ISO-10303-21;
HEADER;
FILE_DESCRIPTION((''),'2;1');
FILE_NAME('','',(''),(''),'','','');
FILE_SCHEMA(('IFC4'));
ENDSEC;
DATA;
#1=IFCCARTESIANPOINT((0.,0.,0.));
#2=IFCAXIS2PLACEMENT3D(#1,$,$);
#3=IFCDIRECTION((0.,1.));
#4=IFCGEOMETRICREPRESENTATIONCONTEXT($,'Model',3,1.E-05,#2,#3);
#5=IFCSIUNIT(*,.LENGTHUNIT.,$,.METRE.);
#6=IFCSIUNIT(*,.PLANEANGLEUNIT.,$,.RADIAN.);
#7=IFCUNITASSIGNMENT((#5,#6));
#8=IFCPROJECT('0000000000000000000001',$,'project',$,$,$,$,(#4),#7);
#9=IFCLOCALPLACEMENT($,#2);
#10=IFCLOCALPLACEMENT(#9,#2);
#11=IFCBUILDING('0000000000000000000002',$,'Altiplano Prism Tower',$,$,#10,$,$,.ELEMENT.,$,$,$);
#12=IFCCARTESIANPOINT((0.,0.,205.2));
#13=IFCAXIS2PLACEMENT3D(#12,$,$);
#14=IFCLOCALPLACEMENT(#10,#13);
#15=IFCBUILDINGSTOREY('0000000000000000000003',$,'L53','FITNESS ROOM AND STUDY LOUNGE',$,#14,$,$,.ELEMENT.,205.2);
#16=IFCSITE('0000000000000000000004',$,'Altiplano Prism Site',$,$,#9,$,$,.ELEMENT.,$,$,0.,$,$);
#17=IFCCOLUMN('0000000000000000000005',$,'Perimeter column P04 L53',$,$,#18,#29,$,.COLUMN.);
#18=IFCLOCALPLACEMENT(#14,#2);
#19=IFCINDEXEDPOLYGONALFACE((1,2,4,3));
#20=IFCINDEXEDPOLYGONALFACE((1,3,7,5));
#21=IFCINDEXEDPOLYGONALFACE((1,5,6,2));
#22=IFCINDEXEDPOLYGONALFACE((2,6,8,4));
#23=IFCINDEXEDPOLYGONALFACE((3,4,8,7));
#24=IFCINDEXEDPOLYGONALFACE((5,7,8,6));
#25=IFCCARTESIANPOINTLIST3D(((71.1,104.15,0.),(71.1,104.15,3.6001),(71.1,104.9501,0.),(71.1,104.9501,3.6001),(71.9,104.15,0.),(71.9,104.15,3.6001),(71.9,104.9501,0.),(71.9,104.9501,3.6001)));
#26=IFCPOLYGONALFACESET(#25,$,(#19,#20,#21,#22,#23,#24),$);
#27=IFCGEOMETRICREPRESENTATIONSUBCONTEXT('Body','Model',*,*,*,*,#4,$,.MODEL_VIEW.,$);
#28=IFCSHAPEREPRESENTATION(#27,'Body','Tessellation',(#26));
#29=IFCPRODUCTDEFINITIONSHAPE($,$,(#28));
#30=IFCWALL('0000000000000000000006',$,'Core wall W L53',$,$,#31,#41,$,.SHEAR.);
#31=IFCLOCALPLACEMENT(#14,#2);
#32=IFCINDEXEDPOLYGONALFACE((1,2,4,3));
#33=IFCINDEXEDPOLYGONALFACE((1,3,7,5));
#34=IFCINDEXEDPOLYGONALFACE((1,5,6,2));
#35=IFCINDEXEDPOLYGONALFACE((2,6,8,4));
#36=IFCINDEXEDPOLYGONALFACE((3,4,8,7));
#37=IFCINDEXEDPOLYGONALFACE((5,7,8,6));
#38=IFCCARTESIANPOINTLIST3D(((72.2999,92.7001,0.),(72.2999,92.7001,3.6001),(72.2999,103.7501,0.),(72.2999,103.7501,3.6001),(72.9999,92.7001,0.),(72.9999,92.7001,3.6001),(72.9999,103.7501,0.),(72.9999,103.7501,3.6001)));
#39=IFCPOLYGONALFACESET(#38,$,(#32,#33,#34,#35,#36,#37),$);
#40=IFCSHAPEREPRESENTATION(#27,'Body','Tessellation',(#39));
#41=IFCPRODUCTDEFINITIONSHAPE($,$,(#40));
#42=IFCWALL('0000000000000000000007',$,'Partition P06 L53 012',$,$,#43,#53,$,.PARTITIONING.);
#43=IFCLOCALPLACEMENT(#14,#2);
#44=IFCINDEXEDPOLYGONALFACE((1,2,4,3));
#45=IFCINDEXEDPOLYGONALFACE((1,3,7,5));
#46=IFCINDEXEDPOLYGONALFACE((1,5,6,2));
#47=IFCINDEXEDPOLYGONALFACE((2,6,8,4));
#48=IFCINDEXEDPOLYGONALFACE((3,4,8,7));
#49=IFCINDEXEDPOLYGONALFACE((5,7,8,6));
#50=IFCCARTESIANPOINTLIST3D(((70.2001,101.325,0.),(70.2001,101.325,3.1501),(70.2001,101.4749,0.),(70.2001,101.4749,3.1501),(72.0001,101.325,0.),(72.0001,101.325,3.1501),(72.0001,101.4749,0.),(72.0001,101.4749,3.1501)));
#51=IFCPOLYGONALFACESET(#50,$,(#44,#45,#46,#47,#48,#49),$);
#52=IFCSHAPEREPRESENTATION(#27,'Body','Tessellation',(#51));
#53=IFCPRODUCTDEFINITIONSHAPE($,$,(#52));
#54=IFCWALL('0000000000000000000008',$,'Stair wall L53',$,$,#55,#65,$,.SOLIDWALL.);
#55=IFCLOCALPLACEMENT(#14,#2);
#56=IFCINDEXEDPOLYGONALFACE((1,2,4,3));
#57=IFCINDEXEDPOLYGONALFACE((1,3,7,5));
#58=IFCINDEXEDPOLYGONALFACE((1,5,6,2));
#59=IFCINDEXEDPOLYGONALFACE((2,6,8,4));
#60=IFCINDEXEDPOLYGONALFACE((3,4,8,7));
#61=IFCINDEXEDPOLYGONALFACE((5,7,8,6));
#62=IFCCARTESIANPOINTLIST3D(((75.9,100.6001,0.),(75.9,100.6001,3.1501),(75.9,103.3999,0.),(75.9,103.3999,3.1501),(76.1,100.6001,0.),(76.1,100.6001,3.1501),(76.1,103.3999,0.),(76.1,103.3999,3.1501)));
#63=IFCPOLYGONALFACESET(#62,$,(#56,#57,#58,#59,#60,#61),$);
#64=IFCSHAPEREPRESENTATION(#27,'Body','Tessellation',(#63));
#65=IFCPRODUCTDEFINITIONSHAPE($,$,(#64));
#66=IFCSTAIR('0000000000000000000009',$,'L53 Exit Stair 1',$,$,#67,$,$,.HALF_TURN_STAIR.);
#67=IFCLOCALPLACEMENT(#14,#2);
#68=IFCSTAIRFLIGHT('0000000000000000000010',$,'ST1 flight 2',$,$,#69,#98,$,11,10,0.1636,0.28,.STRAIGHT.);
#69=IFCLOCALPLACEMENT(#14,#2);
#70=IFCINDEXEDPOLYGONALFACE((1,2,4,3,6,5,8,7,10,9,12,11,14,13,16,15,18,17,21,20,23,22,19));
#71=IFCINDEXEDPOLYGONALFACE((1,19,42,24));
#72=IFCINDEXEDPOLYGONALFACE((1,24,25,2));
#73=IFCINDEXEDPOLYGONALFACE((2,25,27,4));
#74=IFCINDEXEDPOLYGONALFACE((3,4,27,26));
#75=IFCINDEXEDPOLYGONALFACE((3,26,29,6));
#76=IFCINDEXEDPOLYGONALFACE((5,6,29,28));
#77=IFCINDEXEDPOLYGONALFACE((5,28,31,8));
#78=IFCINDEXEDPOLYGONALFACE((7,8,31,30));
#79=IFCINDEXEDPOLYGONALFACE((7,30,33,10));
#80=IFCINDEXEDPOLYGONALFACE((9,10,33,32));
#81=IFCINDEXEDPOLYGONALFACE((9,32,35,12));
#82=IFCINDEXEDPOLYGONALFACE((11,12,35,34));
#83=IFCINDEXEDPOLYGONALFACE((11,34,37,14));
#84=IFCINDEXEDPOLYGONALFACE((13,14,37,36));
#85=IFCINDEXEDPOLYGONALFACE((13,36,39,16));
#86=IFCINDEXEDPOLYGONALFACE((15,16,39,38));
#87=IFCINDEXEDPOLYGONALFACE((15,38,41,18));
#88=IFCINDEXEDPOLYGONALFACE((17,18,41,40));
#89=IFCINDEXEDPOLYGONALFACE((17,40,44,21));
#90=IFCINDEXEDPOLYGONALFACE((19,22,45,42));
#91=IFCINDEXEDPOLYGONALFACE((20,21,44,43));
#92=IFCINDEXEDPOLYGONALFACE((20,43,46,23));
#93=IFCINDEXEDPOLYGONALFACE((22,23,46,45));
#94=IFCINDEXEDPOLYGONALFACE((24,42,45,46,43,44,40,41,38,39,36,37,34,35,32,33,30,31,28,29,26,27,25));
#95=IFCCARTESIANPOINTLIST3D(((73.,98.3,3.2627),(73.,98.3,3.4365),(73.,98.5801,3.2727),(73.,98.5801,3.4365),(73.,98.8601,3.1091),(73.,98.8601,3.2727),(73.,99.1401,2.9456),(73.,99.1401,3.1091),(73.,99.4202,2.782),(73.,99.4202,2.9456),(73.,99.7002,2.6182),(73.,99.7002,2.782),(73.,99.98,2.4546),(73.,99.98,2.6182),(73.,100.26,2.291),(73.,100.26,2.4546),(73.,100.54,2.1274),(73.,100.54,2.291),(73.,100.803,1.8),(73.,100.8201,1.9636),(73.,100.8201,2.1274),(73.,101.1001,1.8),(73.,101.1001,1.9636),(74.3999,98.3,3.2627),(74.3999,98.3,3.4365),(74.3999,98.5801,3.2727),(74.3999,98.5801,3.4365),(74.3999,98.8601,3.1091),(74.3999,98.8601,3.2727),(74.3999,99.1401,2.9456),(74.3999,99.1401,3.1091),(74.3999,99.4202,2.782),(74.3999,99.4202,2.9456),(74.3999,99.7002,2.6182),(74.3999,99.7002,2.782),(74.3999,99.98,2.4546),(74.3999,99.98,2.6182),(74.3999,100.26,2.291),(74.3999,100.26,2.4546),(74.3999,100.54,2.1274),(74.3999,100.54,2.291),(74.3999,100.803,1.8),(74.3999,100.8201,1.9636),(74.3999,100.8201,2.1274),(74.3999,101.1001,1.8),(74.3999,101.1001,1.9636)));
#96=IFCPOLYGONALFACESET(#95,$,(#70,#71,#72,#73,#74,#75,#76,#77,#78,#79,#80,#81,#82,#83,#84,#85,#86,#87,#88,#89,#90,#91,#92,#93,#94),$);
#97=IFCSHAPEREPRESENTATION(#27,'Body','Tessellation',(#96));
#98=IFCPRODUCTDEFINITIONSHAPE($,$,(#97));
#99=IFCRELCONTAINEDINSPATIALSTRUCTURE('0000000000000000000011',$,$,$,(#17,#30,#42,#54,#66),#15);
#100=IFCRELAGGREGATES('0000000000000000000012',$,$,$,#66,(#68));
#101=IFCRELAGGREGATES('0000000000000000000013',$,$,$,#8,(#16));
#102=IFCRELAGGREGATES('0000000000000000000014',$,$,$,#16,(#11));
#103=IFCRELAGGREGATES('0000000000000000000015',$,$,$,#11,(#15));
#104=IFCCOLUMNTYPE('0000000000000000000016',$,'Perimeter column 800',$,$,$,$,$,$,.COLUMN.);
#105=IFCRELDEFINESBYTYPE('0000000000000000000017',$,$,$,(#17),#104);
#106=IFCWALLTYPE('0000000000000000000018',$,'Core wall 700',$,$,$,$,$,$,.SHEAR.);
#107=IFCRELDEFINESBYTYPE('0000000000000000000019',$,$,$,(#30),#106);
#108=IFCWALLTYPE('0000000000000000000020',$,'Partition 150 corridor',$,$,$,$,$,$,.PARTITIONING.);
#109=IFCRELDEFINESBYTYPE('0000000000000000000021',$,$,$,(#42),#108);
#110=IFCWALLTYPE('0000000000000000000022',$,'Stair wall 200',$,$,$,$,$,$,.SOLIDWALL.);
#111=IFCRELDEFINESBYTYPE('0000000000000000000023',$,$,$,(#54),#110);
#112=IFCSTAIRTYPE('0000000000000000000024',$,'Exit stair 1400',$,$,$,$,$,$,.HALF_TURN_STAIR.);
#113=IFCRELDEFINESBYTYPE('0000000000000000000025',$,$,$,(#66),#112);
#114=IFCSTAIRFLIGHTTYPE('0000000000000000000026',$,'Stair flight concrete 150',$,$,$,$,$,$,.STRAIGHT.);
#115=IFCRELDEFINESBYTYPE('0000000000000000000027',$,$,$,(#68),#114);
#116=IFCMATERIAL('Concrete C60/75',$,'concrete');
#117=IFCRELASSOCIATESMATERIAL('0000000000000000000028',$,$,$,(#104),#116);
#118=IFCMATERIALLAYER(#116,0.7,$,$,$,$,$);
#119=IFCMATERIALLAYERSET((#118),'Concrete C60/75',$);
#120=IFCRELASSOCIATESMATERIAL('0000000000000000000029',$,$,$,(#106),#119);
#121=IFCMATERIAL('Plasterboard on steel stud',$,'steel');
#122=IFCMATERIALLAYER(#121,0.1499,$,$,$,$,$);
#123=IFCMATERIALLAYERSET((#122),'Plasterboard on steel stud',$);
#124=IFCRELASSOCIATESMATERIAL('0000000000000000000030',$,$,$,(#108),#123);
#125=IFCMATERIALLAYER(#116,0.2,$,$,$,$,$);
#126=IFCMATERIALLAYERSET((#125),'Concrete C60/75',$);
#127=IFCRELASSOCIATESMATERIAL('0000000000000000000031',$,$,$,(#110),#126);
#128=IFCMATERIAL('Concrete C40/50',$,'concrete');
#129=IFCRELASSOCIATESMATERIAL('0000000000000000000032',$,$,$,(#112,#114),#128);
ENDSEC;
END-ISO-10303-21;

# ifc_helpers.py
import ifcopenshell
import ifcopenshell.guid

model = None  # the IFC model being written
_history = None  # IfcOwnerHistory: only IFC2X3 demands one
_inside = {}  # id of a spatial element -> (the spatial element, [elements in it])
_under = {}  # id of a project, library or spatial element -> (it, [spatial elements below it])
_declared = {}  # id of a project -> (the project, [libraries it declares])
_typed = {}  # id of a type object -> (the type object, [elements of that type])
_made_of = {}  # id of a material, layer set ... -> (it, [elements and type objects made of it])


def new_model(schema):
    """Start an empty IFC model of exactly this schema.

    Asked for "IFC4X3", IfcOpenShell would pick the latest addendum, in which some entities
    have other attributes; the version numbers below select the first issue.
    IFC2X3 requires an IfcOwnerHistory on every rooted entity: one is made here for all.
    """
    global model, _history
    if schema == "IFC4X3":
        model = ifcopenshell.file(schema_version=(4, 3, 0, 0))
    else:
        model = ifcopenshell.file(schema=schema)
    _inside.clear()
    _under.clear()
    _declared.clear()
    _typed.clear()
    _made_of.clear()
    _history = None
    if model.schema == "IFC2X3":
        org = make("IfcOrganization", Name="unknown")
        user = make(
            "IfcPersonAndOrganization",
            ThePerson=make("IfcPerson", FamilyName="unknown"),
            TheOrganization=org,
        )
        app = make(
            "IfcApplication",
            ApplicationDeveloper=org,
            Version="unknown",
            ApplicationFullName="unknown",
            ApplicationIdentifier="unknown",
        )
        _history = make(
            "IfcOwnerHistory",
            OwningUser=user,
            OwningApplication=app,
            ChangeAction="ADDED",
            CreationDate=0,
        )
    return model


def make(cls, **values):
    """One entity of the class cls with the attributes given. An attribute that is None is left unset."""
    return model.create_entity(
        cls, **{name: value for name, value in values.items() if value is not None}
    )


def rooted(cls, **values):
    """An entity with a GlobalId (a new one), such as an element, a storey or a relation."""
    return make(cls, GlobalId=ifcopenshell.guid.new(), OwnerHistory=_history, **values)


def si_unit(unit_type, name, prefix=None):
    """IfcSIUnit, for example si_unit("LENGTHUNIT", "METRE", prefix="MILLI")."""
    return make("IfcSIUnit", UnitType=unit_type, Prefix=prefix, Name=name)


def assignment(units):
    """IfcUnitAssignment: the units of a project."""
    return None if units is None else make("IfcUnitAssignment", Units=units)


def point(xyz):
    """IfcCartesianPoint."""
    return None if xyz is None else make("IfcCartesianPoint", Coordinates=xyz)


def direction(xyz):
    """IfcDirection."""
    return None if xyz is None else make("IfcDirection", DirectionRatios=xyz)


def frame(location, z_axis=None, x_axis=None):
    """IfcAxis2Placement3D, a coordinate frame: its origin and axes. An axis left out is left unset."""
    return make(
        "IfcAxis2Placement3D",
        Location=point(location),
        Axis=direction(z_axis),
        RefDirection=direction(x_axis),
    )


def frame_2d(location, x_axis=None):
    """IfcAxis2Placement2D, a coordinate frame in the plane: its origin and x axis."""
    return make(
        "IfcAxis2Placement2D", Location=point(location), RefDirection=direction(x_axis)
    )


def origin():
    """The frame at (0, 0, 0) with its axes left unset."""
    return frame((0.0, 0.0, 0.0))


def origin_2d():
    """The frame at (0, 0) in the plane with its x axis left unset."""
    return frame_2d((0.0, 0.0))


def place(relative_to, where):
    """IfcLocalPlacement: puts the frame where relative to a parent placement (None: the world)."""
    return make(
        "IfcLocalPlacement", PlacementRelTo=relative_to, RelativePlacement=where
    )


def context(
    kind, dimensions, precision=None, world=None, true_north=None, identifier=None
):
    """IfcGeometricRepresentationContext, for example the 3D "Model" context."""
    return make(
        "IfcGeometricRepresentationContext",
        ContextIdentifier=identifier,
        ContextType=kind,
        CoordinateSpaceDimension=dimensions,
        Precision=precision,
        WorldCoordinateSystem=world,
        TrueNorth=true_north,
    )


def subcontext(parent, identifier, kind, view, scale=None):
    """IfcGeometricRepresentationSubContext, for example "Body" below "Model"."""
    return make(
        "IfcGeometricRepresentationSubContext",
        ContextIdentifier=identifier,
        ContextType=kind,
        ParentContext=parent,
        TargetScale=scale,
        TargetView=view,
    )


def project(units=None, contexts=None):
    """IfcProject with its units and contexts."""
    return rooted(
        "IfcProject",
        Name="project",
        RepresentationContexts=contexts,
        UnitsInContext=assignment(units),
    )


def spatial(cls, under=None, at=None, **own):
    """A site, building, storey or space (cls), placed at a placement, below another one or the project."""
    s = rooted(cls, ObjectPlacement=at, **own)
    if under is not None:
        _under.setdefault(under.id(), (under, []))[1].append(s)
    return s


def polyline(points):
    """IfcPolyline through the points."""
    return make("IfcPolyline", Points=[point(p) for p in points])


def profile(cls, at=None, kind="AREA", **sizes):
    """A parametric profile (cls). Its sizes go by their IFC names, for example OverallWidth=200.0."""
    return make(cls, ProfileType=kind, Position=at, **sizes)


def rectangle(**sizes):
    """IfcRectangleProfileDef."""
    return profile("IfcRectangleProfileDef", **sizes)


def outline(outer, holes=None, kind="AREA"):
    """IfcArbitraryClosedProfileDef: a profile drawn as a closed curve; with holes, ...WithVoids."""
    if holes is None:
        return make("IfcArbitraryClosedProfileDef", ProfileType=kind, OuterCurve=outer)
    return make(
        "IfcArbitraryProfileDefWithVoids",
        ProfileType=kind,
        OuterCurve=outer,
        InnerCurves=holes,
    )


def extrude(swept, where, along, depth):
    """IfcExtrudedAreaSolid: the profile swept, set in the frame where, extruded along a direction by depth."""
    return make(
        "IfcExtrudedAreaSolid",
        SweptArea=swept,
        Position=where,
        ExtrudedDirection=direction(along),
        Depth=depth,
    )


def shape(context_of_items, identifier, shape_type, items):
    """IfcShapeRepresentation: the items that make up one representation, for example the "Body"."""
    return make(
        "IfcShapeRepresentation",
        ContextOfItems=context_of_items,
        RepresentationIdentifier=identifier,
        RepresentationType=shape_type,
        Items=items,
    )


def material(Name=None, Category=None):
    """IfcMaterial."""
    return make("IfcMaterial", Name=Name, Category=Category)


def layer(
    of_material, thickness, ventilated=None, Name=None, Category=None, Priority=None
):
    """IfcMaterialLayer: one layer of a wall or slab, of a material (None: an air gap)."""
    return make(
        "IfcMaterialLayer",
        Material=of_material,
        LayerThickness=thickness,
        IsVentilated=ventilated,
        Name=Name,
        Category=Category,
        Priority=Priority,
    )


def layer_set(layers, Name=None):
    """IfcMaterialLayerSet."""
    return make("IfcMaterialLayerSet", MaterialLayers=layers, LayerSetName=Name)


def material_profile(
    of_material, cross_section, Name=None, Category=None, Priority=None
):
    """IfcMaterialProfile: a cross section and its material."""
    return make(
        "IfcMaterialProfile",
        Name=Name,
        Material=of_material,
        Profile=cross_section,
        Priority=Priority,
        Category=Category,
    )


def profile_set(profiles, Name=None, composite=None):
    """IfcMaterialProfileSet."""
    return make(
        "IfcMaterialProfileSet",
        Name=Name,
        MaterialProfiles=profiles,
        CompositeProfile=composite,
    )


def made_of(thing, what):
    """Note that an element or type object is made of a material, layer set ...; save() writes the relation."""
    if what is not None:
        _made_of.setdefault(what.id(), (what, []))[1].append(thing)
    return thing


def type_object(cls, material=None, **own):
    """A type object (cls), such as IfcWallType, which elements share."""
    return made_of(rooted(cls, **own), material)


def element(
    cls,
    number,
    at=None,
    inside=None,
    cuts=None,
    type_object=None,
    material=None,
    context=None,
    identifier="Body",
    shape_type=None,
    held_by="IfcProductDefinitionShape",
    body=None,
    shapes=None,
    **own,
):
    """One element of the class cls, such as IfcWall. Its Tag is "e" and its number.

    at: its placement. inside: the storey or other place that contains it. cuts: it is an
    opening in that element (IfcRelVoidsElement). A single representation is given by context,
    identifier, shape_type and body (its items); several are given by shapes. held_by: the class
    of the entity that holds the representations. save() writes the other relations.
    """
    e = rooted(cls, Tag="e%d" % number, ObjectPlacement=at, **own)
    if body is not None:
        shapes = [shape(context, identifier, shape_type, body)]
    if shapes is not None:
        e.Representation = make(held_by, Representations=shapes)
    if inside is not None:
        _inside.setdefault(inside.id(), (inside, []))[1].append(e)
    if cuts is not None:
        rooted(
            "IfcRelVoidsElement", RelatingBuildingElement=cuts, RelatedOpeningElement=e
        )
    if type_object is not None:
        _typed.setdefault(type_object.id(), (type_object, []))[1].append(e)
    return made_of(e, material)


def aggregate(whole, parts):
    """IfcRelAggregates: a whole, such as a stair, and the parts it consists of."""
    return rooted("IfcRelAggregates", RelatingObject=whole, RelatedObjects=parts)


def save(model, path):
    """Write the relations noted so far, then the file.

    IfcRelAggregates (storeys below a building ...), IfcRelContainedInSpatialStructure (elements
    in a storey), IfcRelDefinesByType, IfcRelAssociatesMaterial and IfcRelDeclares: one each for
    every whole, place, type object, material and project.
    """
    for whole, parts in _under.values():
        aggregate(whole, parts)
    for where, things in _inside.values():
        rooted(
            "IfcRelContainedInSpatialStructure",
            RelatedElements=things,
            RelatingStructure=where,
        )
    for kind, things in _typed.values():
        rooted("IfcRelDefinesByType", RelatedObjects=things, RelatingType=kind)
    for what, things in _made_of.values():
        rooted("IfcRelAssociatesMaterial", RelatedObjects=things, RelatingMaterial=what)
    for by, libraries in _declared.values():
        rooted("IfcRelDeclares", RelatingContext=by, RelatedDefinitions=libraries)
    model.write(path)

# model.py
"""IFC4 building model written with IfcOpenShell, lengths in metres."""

from ifc_helpers import new_model, si_unit, direction, frame, frame_2d, origin, origin_2d, place, context, subcontext, project, spatial, polyline, rectangle, outline, extrude, material, layer, layer_set, material_profile, profile_set, type_object, element, aggregate, save


model = new_model("IFC4")

# Units and contexts
model_context = context("Model", 3, precision=1e-05, world=origin(), true_north=direction((0.0, 1.0)))
body_context = subcontext(model_context, "Body", "Model", "MODEL_VIEW")
ifc_project = project(units=[si_unit("LENGTHUNIT", "METRE"), si_unit("PLANEANGLEUNIT", "RADIAN")], contexts=[model_context])

# Site, building, storey
site_placement = place(None, origin())
site = spatial("IfcSite", under=ifc_project, at=site_placement, Name="Altiplano Prism Site", CompositionType="ELEMENT", RefElevation=0.0)
building_placement = place(site_placement, origin())
building = spatial("IfcBuilding", under=site, at=building_placement, Name="Altiplano Prism Tower", CompositionType="ELEMENT")
storey_placement = place(building_placement, frame((0.0, 0.0, 205.2)))
storey = spatial("IfcBuildingStorey", under=building, at=storey_placement, Name="L53", Description="FITNESS ROOM AND STUDY LOUNGE", CompositionType="ELEMENT", Elevation=205.2)

# Column
ifc_material_1 = material(Name="Concrete C60/75", Category="concrete")
ifc_material_profile = material_profile(ifc_material_1, rectangle(XDim=0.8, YDim=0.8, at=origin_2d()), Name="Perimeter column 800")
ifc_profile_set = profile_set([ifc_material_profile], Name="Concrete C60/75")
column_type = type_object("IfcColumnType", Name="Perimeter column 800", PredefinedType="COLUMN", material=ifc_profile_set)
column_placement = place(storey_placement, frame((71.5, 104.55, 0.0), z_axis=(0.0, 0.0, 1.0), x_axis=(1.0, 0.0, 0.0)))
element("IfcColumn", 1, at=column_placement, inside=storey, type_object=column_type, Name="Perimeter column P04 L53", PredefinedType="COLUMN", context=body_context, shape_type="SweptSolid", body=[
    extrude(rectangle(XDim=0.8, YDim=0.8, at=origin_2d()), origin(), (0.0, 0.0, 1.0), 3.6001),
])

# Walls
ifc_layer_1 = layer(ifc_material_1, 0.7)
ifc_layer_set_1 = layer_set([ifc_layer_1], Name="Concrete C60/75")
wall_type_1 = type_object("IfcWallType", Name="Core wall 700", PredefinedType="SHEAR", material=ifc_layer_set_1)
wall_1_placement = place(storey_placement, frame((72.6499, 103.75, 0.0), z_axis=(0.0, 0.0, 1.0), x_axis=(0.0, -1.0, 0.0)))
element("IfcWall", 2, at=wall_1_placement, inside=storey, type_object=wall_type_1, Name="Core wall W L53", PredefinedType="SHEAR", context=body_context, shape_type="SweptSolid", body=[
    extrude(rectangle(XDim=11.05, YDim=0.7, at=frame_2d((5.5249, 0.0))), origin(), (0.0, 0.0, 1.0), 3.6001),
])
ifc_material_2 = material(Name="Plasterboard on steel stud", Category="steel")
ifc_layer_2 = layer(ifc_material_2, 0.1499)
ifc_layer_set_2 = layer_set([ifc_layer_2], Name="Plasterboard on steel stud")
wall_type_2 = type_object("IfcWallType", Name="Partition 150 corridor", PredefinedType="PARTITIONING", material=ifc_layer_set_2)
wall_2_placement = place(storey_placement, frame((72.0, 101.3999, 0.0), z_axis=(0.0, 0.0, 1.0), x_axis=(-1.0, 0.0, 0.0)))
element("IfcWall", 3, at=wall_2_placement, inside=storey, type_object=wall_type_2, Name="Partition P06 L53 012", PredefinedType="PARTITIONING", context=body_context, shape_type="SweptSolid", body=[
    extrude(rectangle(XDim=1.8, YDim=0.1499, at=frame_2d((0.8999, 0.0))), origin(), (0.0, 0.0, 1.0), 3.1501),
])

# Shared definitions
ifc_layer_3 = layer(ifc_material_1, 0.2)
ifc_layer_set_3 = layer_set([ifc_layer_3], Name="Concrete C60/75")
wall_type_3 = type_object("IfcWallType", Name="Stair wall 200", PredefinedType="SOLIDWALL", material=ifc_layer_set_3)

# Wall
wall_3_placement = place(storey_placement, frame((76.0, 100.6001, 0.0), z_axis=(0.0, 0.0, 1.0), x_axis=(0.0, 1.0, 0.0)))
element("IfcWall", 4, at=wall_3_placement, inside=storey, type_object=wall_type_3, Name="Stair wall L53", PredefinedType="SOLIDWALL", context=body_context, shape_type="SweptSolid", body=[
    extrude(rectangle(XDim=2.7998, YDim=0.2, at=frame_2d((1.3999, 0.0))), origin(), (0.0, 0.0, 1.0), 3.1501),
])

# Stair, stair flight
ifc_material_3 = material(Name="Concrete C40/50", Category="concrete")
stair_type = type_object("IfcStairType", Name="Exit stair 1400", PredefinedType="HALF_TURN_STAIR", material=ifc_material_3)
stair_placement = place(storey_placement, origin())
stair = element("IfcStair", 5, at=stair_placement, inside=storey, type_object=stair_type, Name="L53 Exit Stair 1", PredefinedType="HALF_TURN_STAIR")
stair_flight_type = type_object("IfcStairFlightType", Name="Stair flight concrete 150", PredefinedType="STRAIGHT", material=ifc_material_3)
stair_flight_placement = place(storey_placement, frame((73.7, 101.1001, 1.8), z_axis=(0.0, 0.0, 1.0), x_axis=(0.0, -1.0, 0.0)))
stair_flight = element("IfcStairFlight", 6, at=stair_flight_placement, type_object=stair_flight_type, Name="ST1 flight 2", NumberOfRisers=11, NumberOfTreads=10, PredefinedType="STRAIGHT", RiserHeight=0.1636, TreadLength=0.28, context=body_context, shape_type="SweptSolid", body=[
    extrude(outline(polyline([(0.0, 0.0), (0.0, 0.1636), (0.28, 0.1636), (0.28, 0.3274), (0.5601, 0.3274), (0.5601, 0.491), (0.8401, 0.491), (0.8401, 0.6545), (1.1201, 0.6545), (1.1201, 0.8181), (1.3999, 0.8181), (1.3999, 0.9819), (1.6799, 0.9819), (1.6799, 1.1455), (1.96, 1.1455), (1.96, 1.3091), (2.24, 1.3091), (2.24, 1.4727), (2.52, 1.4727), (2.52, 1.6365), (2.8, 1.6365), (2.8, 1.8), (2.8, 1.4626), (0.2971, 0.0), (0.0, 0.0)])), frame((0.0, 0.7, 0.0), z_axis=(0.0, -1.0, 0.0), x_axis=(1.0, 0.0, 0.0)), (0.0, 0.0, 1.0), 1.3999),
])
aggregate(stair, [stair_flight])

save(model, "model.ifc")
